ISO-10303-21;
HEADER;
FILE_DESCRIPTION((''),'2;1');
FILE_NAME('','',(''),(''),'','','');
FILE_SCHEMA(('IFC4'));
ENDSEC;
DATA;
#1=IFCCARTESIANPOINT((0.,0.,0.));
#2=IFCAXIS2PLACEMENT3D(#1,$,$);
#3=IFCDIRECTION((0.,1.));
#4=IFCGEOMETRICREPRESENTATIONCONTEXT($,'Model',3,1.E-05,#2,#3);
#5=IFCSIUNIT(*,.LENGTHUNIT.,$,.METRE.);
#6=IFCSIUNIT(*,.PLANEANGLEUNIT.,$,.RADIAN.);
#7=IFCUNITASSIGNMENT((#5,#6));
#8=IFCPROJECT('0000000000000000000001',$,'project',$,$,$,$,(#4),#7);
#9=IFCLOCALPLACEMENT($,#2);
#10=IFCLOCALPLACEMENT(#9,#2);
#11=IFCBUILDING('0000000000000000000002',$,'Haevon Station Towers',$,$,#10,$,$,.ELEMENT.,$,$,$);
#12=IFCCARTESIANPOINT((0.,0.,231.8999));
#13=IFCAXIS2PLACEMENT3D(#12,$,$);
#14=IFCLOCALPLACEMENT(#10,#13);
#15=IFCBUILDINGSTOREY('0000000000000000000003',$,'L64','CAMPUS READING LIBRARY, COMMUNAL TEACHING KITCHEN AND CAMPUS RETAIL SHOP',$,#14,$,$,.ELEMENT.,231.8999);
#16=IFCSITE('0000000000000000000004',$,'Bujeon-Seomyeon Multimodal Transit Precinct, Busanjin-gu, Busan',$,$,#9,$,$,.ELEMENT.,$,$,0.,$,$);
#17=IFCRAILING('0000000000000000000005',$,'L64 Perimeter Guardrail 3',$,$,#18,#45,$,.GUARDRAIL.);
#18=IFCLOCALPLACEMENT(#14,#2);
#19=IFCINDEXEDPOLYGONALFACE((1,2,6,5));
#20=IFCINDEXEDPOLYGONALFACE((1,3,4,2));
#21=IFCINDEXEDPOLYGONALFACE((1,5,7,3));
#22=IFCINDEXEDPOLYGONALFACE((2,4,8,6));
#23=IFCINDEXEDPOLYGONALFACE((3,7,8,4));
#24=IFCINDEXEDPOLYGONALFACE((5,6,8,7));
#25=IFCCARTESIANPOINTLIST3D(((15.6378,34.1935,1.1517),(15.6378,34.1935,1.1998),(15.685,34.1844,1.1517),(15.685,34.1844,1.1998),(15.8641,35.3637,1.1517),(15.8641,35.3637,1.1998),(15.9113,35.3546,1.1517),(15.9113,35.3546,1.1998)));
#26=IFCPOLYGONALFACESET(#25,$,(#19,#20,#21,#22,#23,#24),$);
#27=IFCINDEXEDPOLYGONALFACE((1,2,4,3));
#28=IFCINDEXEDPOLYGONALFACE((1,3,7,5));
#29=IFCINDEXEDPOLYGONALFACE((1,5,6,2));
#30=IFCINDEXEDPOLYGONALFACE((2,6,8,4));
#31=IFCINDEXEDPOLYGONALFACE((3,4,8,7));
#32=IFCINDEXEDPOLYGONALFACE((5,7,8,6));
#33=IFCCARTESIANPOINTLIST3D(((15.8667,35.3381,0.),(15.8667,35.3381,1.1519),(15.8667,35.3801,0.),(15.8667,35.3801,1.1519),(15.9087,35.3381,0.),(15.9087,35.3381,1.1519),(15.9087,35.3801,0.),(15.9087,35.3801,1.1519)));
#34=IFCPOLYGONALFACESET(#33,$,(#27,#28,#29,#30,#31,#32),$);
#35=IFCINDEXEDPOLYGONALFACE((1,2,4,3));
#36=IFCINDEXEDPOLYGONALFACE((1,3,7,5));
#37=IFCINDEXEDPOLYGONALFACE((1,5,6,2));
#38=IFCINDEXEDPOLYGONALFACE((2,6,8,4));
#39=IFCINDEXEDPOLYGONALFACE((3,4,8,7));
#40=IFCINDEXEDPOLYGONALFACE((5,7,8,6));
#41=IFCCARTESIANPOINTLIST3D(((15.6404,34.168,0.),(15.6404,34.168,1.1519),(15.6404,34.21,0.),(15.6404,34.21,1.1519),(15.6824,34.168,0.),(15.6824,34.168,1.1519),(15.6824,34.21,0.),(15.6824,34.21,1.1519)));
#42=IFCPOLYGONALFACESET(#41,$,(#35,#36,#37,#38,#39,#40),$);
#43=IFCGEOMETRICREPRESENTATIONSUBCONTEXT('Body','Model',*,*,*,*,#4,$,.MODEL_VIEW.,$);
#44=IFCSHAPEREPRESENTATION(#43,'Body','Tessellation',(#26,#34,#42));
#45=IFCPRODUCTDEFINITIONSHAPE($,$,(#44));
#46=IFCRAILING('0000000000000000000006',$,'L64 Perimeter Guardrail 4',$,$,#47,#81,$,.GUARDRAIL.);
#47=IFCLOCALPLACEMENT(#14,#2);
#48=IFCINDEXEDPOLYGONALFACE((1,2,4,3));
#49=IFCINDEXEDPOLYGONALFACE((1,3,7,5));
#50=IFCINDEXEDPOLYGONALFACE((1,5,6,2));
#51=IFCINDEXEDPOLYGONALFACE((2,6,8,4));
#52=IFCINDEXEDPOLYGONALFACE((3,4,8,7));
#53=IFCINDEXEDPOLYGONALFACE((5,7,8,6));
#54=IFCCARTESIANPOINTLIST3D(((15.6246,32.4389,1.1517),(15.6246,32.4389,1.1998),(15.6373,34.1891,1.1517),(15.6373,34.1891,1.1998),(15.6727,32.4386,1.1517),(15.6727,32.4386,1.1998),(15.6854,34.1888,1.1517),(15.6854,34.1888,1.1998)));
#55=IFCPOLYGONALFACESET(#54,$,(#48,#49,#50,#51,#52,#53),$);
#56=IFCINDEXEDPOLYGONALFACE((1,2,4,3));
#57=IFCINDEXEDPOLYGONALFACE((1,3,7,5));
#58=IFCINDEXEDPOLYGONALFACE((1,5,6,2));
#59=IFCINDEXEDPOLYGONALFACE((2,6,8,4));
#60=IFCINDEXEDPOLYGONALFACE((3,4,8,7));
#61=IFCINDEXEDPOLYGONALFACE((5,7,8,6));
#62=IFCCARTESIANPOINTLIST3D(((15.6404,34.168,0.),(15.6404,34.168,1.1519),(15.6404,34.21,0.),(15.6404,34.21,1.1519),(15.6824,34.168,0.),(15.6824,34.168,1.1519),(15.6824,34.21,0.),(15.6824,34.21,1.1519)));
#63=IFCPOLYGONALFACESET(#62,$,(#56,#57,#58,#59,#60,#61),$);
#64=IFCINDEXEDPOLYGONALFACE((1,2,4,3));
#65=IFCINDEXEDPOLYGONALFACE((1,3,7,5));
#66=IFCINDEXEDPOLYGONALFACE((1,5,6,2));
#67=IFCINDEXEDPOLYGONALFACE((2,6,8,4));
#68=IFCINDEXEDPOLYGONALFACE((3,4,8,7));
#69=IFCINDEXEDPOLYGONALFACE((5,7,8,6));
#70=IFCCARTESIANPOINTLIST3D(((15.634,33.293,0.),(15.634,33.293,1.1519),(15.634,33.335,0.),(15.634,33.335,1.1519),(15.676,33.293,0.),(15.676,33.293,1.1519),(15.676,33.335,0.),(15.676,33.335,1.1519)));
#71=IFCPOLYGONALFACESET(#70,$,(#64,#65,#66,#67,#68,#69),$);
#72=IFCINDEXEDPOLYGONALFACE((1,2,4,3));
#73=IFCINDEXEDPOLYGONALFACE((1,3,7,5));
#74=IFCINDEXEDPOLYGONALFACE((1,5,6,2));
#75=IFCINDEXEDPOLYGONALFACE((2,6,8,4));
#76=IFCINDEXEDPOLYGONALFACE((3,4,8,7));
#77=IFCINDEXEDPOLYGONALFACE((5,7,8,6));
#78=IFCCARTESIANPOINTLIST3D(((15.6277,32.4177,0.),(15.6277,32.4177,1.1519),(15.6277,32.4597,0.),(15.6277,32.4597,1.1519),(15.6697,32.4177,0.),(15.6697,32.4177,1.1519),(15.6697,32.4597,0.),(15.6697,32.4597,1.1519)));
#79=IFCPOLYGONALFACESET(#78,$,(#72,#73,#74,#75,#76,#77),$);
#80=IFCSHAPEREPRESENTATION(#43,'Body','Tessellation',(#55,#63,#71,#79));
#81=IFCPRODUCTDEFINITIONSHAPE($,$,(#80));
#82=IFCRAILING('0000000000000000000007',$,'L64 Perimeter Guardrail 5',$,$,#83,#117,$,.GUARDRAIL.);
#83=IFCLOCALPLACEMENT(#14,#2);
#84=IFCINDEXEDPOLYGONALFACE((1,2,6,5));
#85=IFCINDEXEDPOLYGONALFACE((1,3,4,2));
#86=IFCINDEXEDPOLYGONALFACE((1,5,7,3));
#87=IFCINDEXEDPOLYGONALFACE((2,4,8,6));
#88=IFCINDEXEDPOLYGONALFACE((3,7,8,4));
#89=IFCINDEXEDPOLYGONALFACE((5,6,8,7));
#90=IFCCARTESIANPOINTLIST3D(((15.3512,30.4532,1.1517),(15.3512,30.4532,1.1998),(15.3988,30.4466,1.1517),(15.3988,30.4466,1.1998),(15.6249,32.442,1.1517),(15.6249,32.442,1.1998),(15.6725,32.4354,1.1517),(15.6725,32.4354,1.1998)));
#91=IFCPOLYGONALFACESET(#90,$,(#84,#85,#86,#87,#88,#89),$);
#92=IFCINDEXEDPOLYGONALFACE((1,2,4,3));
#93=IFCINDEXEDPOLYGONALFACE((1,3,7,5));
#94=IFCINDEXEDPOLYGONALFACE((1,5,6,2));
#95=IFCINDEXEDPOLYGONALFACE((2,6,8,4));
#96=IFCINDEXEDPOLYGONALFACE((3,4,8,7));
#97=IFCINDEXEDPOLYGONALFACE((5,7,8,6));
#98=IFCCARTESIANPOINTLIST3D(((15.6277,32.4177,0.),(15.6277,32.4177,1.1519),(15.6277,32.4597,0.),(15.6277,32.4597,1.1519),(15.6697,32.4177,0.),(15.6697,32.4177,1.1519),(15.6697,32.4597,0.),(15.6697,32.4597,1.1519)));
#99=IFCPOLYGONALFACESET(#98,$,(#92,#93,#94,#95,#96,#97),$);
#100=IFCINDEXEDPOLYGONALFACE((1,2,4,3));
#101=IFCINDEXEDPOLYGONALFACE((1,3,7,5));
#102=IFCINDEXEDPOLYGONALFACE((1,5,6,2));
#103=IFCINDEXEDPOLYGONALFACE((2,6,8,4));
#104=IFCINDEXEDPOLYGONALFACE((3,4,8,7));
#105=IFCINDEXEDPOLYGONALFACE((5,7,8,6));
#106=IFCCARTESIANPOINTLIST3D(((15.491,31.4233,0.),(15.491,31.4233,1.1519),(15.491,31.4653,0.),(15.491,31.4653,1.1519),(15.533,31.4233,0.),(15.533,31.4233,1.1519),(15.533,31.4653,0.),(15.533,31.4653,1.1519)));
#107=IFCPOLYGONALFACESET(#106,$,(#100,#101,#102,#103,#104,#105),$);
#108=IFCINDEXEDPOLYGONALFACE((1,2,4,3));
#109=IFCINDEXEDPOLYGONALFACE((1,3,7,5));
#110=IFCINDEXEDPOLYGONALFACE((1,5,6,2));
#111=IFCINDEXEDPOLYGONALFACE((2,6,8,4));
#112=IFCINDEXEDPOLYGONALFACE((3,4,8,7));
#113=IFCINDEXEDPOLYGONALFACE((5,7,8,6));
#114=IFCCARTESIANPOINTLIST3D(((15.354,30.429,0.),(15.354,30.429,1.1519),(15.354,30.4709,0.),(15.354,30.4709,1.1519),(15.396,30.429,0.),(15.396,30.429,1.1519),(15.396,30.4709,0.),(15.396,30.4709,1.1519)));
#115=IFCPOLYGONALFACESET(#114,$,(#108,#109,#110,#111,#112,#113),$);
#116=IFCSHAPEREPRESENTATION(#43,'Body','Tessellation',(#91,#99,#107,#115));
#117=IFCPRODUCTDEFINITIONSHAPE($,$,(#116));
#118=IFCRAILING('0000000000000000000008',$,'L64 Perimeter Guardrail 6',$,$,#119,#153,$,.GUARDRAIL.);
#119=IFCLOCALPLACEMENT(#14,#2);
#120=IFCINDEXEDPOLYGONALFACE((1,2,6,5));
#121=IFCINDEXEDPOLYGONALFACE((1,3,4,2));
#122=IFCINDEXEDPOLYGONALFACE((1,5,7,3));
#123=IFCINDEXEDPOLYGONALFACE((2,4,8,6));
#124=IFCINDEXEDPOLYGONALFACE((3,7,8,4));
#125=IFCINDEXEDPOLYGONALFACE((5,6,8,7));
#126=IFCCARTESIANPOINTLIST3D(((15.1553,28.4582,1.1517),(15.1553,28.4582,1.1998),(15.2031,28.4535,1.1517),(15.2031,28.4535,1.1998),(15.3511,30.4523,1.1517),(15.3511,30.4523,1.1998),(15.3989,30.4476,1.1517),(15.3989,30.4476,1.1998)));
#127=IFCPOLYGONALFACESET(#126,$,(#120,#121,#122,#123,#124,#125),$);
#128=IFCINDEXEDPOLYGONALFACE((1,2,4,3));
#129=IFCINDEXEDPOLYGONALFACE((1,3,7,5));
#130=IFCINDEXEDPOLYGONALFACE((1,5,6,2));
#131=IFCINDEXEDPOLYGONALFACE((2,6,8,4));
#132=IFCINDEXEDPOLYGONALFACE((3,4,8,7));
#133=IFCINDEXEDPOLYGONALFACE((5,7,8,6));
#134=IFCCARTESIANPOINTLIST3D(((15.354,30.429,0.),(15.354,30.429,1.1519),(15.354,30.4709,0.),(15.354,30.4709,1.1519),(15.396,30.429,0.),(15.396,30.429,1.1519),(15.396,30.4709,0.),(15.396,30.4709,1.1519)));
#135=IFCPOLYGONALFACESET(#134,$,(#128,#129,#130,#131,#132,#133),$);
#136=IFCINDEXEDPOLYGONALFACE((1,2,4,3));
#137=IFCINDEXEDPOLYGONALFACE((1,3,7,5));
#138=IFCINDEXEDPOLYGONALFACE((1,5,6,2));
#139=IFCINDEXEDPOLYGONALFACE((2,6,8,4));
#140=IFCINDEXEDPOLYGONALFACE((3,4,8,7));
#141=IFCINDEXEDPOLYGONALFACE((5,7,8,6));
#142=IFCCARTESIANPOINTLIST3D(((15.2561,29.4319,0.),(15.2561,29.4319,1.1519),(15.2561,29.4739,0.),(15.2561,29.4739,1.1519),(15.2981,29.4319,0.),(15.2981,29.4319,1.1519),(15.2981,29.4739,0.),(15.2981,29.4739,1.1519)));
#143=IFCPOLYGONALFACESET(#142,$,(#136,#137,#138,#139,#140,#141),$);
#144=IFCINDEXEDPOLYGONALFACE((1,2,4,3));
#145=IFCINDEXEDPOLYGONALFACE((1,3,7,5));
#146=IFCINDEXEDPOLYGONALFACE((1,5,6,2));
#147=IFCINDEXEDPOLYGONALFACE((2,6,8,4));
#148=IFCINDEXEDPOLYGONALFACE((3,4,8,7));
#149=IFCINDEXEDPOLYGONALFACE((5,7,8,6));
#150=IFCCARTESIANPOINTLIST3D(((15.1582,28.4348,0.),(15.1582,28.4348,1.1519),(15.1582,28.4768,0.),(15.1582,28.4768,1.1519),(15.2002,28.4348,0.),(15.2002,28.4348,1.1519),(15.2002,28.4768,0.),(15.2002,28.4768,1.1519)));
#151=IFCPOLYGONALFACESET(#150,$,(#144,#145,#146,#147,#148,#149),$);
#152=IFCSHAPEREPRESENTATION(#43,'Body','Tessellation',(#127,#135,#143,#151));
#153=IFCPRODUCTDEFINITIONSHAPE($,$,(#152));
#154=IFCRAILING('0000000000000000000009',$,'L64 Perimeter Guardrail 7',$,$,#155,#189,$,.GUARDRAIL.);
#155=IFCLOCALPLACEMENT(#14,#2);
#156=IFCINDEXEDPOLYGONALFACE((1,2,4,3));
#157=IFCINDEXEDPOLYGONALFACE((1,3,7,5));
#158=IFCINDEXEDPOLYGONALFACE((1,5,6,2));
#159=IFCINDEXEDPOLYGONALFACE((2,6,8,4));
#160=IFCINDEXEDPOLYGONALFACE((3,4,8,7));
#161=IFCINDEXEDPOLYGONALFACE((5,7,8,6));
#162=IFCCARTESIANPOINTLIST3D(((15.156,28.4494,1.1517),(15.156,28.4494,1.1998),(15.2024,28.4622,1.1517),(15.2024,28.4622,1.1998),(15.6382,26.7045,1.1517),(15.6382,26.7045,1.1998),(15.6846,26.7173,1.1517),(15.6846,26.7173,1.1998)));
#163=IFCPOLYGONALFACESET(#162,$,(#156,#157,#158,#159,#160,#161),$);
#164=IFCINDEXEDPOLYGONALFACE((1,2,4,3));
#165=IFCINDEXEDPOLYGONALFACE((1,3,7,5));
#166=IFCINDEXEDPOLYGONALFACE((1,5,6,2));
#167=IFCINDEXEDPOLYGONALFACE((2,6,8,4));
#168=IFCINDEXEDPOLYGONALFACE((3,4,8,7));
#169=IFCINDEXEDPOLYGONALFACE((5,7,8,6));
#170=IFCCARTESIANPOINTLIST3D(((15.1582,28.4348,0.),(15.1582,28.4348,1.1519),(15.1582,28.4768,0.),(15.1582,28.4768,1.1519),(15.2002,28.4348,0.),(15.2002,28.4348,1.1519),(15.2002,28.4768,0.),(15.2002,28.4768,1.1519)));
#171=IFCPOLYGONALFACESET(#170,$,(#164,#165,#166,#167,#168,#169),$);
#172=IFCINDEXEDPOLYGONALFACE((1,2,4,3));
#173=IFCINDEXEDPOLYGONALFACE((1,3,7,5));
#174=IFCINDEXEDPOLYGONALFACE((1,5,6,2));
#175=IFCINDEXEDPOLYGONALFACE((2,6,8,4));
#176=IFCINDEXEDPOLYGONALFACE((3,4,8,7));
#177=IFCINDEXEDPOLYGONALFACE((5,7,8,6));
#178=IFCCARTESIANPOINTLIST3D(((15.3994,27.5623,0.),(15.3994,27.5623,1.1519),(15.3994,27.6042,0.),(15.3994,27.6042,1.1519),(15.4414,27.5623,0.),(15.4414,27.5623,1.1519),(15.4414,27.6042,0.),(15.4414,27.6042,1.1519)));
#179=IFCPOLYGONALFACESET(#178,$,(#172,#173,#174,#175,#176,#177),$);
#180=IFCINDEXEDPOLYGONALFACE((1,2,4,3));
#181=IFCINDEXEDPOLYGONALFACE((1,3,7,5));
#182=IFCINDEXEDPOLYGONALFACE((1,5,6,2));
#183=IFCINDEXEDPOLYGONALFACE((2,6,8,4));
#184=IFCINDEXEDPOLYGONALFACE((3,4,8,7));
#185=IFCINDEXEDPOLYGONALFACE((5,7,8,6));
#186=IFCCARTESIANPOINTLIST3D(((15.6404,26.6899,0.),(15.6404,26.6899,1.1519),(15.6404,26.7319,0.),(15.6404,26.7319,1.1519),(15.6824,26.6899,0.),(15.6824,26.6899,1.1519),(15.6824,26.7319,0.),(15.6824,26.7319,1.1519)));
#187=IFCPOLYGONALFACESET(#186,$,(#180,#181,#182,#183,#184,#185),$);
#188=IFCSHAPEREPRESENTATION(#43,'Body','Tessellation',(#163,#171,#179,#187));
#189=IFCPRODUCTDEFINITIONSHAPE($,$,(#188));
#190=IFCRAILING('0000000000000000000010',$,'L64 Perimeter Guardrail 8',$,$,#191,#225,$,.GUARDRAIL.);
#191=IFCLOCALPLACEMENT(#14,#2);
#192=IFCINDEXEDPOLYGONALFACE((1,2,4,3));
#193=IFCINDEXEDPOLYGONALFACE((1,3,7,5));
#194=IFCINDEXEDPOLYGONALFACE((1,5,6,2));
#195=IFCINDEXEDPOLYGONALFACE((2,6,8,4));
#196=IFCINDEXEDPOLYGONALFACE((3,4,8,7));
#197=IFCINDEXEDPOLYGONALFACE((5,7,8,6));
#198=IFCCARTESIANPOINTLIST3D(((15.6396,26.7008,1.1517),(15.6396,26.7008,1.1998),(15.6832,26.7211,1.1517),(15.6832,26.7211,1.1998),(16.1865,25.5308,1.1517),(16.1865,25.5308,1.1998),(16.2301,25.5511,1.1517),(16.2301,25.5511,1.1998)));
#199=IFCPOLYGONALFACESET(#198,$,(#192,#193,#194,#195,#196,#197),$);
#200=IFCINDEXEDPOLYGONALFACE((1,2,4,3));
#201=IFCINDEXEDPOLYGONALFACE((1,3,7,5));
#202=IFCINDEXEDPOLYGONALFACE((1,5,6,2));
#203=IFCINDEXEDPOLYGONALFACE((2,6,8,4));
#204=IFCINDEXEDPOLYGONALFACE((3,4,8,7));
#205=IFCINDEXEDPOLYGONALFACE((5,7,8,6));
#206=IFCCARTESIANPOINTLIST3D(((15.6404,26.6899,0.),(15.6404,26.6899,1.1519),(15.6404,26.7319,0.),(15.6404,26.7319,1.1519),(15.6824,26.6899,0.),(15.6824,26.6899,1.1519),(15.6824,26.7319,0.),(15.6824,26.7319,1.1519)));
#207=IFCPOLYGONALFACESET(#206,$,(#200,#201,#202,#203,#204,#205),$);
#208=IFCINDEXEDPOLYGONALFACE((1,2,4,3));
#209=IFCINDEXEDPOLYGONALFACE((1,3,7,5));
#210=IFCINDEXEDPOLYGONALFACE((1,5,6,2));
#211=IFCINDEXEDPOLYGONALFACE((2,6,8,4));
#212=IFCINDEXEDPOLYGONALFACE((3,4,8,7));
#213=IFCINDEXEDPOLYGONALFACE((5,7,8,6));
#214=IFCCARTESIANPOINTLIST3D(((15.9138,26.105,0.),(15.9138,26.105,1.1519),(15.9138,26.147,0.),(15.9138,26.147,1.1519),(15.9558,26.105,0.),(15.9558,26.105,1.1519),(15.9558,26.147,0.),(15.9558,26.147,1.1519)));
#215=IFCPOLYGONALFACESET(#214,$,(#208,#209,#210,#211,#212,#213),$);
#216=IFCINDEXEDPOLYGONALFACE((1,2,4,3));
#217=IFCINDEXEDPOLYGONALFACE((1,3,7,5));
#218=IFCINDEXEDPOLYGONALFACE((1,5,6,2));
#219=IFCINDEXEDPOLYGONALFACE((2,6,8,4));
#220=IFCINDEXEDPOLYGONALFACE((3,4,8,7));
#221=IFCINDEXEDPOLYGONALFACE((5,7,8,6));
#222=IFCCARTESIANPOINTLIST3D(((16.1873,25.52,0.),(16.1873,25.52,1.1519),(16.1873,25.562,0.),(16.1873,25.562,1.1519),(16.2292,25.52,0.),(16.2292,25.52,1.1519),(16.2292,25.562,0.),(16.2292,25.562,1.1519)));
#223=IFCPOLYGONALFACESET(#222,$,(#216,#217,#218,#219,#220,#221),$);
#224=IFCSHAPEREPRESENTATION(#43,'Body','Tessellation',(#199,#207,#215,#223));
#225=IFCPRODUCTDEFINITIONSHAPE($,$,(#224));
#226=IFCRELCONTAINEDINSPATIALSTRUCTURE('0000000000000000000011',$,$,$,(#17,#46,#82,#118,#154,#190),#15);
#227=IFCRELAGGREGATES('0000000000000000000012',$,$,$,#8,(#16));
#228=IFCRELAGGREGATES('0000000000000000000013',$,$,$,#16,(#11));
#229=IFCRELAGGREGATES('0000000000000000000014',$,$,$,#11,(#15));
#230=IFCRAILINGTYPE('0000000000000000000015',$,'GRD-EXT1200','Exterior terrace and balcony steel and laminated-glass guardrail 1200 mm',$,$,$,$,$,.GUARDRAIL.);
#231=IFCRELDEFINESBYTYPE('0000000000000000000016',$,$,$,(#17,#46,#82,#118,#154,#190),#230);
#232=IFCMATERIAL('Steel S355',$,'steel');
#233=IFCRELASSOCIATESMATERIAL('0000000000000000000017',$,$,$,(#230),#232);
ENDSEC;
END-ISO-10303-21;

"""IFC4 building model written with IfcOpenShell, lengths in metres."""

from ifc_helpers import new_model, si_unit, direction, frame, origin, origin_2d, place, context, subcontext, project, spatial, rectangle, extrude, material, type_object, element, save


model = new_model("IFC4")

# Units and contexts
model_context = context("Model", 3, precision=1e-05, world=origin(), true_north=direction((0.0, 1.0)))
body_context = subcontext(model_context, "Body", "Model", "MODEL_VIEW")
ifc_project = project(units=[si_unit("LENGTHUNIT", "METRE"), si_unit("PLANEANGLEUNIT", "RADIAN")], contexts=[model_context])

# Site, building, storey
site_placement = place(None, origin())
site = spatial("IfcSite", under=ifc_project, at=site_placement, Name="Bujeon-Seomyeon Multimodal Transit Precinct, Busanjin-gu, Busan", CompositionType="ELEMENT", RefElevation=0.0)
building_placement = place(site_placement, origin())
building = spatial("IfcBuilding", under=site, at=building_placement, Name="Haevon Station Towers", CompositionType="ELEMENT")
storey_placement = place(building_placement, frame((0.0, 0.0, 231.8999)))
storey = spatial("IfcBuildingStorey", under=building, at=storey_placement, Name="L64", Description="CAMPUS READING LIBRARY, COMMUNAL TEACHING KITCHEN AND CAMPUS RETAIL SHOP", CompositionType="ELEMENT", Elevation=231.8999)

# Shared definitions
ifc_material_1 = material(Name="Steel S355", Category="steel")

# Railings
railing_type = type_object("IfcRailingType", Name="GRD-EXT1200", Description="Exterior terrace and balcony steel and laminated-glass guardrail 1200 mm", PredefinedType="GUARDRAIL", material=ifc_material_1)
railing_1_placement = place(storey_placement, frame((15.8877, 35.3591, 0.0)))
element("IfcRailing", 1, at=railing_1_placement, inside=storey, type_object=railing_type, Name="L64 Perimeter Guardrail 3", PredefinedType="GUARDRAIL", context=body_context, shape_type="SweptSolid", body=[
    extrude(rectangle(XDim=0.0481, YDim=0.0481, at=origin_2d()), frame((0.0, 0.0, 1.1758), z_axis=(-0.189888, -0.981806, 0.0), x_axis=(0.981806, -0.189888, 0.0)), (0.0, 0.0, 1.0), 1.1919),
    extrude(rectangle(XDim=0.042, YDim=0.042, at=origin_2d()), origin(), (0.0, 0.0, 1.0), 1.1519),
    extrude(rectangle(XDim=0.042, YDim=0.042, at=origin_2d()), frame((-0.2263, -1.1702, 0.0)), (0.0, 0.0, 1.0), 1.1519),
])
railing_2_placement = place(storey_placement, frame((15.6614, 34.189, 0.0)))
element("IfcRailing", 2, at=railing_2_placement, inside=storey, type_object=railing_type, Name="L64 Perimeter Guardrail 4", PredefinedType="GUARDRAIL", context=body_context, shape_type="SweptSolid", body=[
    extrude(rectangle(XDim=0.0481, YDim=0.0481, at=origin_2d()), frame((0.0, 0.0, 1.1758), z_axis=(-0.007253, -0.999974, 0.0), x_axis=(0.999974, -0.007253, 0.0)), (0.0, 0.0, 1.0), 1.7502),
    extrude(rectangle(XDim=0.042, YDim=0.042, at=origin_2d()), origin(), (0.0, 0.0, 1.0), 1.1519),
    extrude(rectangle(XDim=0.042, YDim=0.042, at=origin_2d()), frame((-0.0063, -0.875, 0.0)), (0.0, 0.0, 1.0), 1.1519),
    extrude(rectangle(XDim=0.042, YDim=0.042, at=origin_2d()), frame((-0.0127, -1.7502, 0.0)), (0.0, 0.0, 1.0), 1.1519),
])
railing_3_placement = place(storey_placement, frame((15.6487, 32.4387, 0.0)))
element("IfcRailing", 3, at=railing_3_placement, inside=storey, type_object=railing_type, Name="L64 Perimeter Guardrail 5", PredefinedType="GUARDRAIL", context=body_context, shape_type="SweptSolid", body=[
    extrude(rectangle(XDim=0.0481, YDim=0.0481, at=origin_2d()), frame((0.0, 0.0, 1.1758), z_axis=(-0.136329, -0.990664, 0.0), x_axis=(0.990664, -0.136329, 0.0)), (0.0, 0.0, 1.0), 2.0076),
    extrude(rectangle(XDim=0.042, YDim=0.042, at=origin_2d()), origin(), (0.0, 0.0, 1.0), 1.1519),
    extrude(rectangle(XDim=0.042, YDim=0.042, at=origin_2d()), frame((-0.1367, -0.9944, 0.0)), (0.0, 0.0, 1.0), 1.1519),
    extrude(rectangle(XDim=0.042, YDim=0.042, at=origin_2d()), frame((-0.2737, -1.9888, 0.0)), (0.0, 0.0, 1.0), 1.1519),
])
railing_4_placement = place(storey_placement, frame((15.375, 30.45, 0.0)))
element("IfcRailing", 4, at=railing_4_placement, inside=storey, type_object=railing_type, Name="L64 Perimeter Guardrail 6", PredefinedType="GUARDRAIL", context=body_context, shape_type="SweptSolid", body=[
    extrude(rectangle(XDim=0.0481, YDim=0.0481, at=origin_2d()), frame((0.0, 0.0, 1.1758), z_axis=(-0.097718, -0.995214, 0.0), x_axis=(0.995214, -0.097718, 0.0)), (0.0, 0.0, 1.0), 2.0037),
    extrude(rectangle(XDim=0.042, YDim=0.042, at=origin_2d()), origin(), (0.0, 0.0, 1.0), 1.1519),
    extrude(rectangle(XDim=0.042, YDim=0.042, at=origin_2d()), frame((-0.0979, -0.9971, 0.0)), (0.0, 0.0, 1.0), 1.1519),
    extrude(rectangle(XDim=0.042, YDim=0.042, at=origin_2d()), frame((-0.1958, -1.9941, 0.0)), (0.0, 0.0, 1.0), 1.1519),
])
railing_5_placement = place(storey_placement, frame((15.1792, 28.4558, 0.0)))
element("IfcRailing", 5, at=railing_5_placement, inside=storey, type_object=railing_type, Name="L64 Perimeter Guardrail 7", PredefinedType="GUARDRAIL", context=body_context, shape_type="SweptSolid", body=[
    extrude(rectangle(XDim=0.0481, YDim=0.0481, at=origin_2d()), frame((0.0, 0.0, 1.1758), z_axis=(0.266357, -0.963874, 0.0), x_axis=(0.963874, 0.266357, 0.0)), (0.0, 0.0, 1.0), 1.8103),
    extrude(rectangle(XDim=0.042, YDim=0.042, at=origin_2d()), origin(), (0.0, 0.0, 1.0), 1.1519),
    extrude(rectangle(XDim=0.042, YDim=0.042, at=origin_2d()), frame((0.2412, -0.8726, 0.0)), (0.0, 0.0, 1.0), 1.1519),
    extrude(rectangle(XDim=0.042, YDim=0.042, at=origin_2d()), frame((0.4822, -1.7449, 0.0)), (0.0, 0.0, 1.0), 1.1519),
])
railing_6_placement = place(storey_placement, frame((15.6614, 26.7109, 0.0)))
element("IfcRailing", 6, at=railing_6_placement, inside=storey, type_object=railing_type, Name="L64 Perimeter Guardrail 8", PredefinedType="GUARDRAIL", context=body_context, shape_type="SweptSolid", body=[
    extrude(rectangle(XDim=0.0481, YDim=0.0481, at=origin_2d()), frame((0.0, 0.0, 1.1758), z_axis=(0.423465, -0.905912, 0.0), x_axis=(0.905912, 0.423465, 0.0)), (0.0, 0.0, 1.0), 1.2915),
    extrude(rectangle(XDim=0.042, YDim=0.042, at=origin_2d()), origin(), (0.0, 0.0, 1.0), 1.1519),
    extrude(rectangle(XDim=0.042, YDim=0.042, at=origin_2d()), frame((0.2734, -0.585, 0.0)), (0.0, 0.0, 1.0), 1.1519),
    extrude(rectangle(XDim=0.042, YDim=0.042, at=origin_2d()), frame((0.5469, -1.1699, 0.0)), (0.0, 0.0, 1.0), 1.1519),
])

save(model, "model.ifc")
